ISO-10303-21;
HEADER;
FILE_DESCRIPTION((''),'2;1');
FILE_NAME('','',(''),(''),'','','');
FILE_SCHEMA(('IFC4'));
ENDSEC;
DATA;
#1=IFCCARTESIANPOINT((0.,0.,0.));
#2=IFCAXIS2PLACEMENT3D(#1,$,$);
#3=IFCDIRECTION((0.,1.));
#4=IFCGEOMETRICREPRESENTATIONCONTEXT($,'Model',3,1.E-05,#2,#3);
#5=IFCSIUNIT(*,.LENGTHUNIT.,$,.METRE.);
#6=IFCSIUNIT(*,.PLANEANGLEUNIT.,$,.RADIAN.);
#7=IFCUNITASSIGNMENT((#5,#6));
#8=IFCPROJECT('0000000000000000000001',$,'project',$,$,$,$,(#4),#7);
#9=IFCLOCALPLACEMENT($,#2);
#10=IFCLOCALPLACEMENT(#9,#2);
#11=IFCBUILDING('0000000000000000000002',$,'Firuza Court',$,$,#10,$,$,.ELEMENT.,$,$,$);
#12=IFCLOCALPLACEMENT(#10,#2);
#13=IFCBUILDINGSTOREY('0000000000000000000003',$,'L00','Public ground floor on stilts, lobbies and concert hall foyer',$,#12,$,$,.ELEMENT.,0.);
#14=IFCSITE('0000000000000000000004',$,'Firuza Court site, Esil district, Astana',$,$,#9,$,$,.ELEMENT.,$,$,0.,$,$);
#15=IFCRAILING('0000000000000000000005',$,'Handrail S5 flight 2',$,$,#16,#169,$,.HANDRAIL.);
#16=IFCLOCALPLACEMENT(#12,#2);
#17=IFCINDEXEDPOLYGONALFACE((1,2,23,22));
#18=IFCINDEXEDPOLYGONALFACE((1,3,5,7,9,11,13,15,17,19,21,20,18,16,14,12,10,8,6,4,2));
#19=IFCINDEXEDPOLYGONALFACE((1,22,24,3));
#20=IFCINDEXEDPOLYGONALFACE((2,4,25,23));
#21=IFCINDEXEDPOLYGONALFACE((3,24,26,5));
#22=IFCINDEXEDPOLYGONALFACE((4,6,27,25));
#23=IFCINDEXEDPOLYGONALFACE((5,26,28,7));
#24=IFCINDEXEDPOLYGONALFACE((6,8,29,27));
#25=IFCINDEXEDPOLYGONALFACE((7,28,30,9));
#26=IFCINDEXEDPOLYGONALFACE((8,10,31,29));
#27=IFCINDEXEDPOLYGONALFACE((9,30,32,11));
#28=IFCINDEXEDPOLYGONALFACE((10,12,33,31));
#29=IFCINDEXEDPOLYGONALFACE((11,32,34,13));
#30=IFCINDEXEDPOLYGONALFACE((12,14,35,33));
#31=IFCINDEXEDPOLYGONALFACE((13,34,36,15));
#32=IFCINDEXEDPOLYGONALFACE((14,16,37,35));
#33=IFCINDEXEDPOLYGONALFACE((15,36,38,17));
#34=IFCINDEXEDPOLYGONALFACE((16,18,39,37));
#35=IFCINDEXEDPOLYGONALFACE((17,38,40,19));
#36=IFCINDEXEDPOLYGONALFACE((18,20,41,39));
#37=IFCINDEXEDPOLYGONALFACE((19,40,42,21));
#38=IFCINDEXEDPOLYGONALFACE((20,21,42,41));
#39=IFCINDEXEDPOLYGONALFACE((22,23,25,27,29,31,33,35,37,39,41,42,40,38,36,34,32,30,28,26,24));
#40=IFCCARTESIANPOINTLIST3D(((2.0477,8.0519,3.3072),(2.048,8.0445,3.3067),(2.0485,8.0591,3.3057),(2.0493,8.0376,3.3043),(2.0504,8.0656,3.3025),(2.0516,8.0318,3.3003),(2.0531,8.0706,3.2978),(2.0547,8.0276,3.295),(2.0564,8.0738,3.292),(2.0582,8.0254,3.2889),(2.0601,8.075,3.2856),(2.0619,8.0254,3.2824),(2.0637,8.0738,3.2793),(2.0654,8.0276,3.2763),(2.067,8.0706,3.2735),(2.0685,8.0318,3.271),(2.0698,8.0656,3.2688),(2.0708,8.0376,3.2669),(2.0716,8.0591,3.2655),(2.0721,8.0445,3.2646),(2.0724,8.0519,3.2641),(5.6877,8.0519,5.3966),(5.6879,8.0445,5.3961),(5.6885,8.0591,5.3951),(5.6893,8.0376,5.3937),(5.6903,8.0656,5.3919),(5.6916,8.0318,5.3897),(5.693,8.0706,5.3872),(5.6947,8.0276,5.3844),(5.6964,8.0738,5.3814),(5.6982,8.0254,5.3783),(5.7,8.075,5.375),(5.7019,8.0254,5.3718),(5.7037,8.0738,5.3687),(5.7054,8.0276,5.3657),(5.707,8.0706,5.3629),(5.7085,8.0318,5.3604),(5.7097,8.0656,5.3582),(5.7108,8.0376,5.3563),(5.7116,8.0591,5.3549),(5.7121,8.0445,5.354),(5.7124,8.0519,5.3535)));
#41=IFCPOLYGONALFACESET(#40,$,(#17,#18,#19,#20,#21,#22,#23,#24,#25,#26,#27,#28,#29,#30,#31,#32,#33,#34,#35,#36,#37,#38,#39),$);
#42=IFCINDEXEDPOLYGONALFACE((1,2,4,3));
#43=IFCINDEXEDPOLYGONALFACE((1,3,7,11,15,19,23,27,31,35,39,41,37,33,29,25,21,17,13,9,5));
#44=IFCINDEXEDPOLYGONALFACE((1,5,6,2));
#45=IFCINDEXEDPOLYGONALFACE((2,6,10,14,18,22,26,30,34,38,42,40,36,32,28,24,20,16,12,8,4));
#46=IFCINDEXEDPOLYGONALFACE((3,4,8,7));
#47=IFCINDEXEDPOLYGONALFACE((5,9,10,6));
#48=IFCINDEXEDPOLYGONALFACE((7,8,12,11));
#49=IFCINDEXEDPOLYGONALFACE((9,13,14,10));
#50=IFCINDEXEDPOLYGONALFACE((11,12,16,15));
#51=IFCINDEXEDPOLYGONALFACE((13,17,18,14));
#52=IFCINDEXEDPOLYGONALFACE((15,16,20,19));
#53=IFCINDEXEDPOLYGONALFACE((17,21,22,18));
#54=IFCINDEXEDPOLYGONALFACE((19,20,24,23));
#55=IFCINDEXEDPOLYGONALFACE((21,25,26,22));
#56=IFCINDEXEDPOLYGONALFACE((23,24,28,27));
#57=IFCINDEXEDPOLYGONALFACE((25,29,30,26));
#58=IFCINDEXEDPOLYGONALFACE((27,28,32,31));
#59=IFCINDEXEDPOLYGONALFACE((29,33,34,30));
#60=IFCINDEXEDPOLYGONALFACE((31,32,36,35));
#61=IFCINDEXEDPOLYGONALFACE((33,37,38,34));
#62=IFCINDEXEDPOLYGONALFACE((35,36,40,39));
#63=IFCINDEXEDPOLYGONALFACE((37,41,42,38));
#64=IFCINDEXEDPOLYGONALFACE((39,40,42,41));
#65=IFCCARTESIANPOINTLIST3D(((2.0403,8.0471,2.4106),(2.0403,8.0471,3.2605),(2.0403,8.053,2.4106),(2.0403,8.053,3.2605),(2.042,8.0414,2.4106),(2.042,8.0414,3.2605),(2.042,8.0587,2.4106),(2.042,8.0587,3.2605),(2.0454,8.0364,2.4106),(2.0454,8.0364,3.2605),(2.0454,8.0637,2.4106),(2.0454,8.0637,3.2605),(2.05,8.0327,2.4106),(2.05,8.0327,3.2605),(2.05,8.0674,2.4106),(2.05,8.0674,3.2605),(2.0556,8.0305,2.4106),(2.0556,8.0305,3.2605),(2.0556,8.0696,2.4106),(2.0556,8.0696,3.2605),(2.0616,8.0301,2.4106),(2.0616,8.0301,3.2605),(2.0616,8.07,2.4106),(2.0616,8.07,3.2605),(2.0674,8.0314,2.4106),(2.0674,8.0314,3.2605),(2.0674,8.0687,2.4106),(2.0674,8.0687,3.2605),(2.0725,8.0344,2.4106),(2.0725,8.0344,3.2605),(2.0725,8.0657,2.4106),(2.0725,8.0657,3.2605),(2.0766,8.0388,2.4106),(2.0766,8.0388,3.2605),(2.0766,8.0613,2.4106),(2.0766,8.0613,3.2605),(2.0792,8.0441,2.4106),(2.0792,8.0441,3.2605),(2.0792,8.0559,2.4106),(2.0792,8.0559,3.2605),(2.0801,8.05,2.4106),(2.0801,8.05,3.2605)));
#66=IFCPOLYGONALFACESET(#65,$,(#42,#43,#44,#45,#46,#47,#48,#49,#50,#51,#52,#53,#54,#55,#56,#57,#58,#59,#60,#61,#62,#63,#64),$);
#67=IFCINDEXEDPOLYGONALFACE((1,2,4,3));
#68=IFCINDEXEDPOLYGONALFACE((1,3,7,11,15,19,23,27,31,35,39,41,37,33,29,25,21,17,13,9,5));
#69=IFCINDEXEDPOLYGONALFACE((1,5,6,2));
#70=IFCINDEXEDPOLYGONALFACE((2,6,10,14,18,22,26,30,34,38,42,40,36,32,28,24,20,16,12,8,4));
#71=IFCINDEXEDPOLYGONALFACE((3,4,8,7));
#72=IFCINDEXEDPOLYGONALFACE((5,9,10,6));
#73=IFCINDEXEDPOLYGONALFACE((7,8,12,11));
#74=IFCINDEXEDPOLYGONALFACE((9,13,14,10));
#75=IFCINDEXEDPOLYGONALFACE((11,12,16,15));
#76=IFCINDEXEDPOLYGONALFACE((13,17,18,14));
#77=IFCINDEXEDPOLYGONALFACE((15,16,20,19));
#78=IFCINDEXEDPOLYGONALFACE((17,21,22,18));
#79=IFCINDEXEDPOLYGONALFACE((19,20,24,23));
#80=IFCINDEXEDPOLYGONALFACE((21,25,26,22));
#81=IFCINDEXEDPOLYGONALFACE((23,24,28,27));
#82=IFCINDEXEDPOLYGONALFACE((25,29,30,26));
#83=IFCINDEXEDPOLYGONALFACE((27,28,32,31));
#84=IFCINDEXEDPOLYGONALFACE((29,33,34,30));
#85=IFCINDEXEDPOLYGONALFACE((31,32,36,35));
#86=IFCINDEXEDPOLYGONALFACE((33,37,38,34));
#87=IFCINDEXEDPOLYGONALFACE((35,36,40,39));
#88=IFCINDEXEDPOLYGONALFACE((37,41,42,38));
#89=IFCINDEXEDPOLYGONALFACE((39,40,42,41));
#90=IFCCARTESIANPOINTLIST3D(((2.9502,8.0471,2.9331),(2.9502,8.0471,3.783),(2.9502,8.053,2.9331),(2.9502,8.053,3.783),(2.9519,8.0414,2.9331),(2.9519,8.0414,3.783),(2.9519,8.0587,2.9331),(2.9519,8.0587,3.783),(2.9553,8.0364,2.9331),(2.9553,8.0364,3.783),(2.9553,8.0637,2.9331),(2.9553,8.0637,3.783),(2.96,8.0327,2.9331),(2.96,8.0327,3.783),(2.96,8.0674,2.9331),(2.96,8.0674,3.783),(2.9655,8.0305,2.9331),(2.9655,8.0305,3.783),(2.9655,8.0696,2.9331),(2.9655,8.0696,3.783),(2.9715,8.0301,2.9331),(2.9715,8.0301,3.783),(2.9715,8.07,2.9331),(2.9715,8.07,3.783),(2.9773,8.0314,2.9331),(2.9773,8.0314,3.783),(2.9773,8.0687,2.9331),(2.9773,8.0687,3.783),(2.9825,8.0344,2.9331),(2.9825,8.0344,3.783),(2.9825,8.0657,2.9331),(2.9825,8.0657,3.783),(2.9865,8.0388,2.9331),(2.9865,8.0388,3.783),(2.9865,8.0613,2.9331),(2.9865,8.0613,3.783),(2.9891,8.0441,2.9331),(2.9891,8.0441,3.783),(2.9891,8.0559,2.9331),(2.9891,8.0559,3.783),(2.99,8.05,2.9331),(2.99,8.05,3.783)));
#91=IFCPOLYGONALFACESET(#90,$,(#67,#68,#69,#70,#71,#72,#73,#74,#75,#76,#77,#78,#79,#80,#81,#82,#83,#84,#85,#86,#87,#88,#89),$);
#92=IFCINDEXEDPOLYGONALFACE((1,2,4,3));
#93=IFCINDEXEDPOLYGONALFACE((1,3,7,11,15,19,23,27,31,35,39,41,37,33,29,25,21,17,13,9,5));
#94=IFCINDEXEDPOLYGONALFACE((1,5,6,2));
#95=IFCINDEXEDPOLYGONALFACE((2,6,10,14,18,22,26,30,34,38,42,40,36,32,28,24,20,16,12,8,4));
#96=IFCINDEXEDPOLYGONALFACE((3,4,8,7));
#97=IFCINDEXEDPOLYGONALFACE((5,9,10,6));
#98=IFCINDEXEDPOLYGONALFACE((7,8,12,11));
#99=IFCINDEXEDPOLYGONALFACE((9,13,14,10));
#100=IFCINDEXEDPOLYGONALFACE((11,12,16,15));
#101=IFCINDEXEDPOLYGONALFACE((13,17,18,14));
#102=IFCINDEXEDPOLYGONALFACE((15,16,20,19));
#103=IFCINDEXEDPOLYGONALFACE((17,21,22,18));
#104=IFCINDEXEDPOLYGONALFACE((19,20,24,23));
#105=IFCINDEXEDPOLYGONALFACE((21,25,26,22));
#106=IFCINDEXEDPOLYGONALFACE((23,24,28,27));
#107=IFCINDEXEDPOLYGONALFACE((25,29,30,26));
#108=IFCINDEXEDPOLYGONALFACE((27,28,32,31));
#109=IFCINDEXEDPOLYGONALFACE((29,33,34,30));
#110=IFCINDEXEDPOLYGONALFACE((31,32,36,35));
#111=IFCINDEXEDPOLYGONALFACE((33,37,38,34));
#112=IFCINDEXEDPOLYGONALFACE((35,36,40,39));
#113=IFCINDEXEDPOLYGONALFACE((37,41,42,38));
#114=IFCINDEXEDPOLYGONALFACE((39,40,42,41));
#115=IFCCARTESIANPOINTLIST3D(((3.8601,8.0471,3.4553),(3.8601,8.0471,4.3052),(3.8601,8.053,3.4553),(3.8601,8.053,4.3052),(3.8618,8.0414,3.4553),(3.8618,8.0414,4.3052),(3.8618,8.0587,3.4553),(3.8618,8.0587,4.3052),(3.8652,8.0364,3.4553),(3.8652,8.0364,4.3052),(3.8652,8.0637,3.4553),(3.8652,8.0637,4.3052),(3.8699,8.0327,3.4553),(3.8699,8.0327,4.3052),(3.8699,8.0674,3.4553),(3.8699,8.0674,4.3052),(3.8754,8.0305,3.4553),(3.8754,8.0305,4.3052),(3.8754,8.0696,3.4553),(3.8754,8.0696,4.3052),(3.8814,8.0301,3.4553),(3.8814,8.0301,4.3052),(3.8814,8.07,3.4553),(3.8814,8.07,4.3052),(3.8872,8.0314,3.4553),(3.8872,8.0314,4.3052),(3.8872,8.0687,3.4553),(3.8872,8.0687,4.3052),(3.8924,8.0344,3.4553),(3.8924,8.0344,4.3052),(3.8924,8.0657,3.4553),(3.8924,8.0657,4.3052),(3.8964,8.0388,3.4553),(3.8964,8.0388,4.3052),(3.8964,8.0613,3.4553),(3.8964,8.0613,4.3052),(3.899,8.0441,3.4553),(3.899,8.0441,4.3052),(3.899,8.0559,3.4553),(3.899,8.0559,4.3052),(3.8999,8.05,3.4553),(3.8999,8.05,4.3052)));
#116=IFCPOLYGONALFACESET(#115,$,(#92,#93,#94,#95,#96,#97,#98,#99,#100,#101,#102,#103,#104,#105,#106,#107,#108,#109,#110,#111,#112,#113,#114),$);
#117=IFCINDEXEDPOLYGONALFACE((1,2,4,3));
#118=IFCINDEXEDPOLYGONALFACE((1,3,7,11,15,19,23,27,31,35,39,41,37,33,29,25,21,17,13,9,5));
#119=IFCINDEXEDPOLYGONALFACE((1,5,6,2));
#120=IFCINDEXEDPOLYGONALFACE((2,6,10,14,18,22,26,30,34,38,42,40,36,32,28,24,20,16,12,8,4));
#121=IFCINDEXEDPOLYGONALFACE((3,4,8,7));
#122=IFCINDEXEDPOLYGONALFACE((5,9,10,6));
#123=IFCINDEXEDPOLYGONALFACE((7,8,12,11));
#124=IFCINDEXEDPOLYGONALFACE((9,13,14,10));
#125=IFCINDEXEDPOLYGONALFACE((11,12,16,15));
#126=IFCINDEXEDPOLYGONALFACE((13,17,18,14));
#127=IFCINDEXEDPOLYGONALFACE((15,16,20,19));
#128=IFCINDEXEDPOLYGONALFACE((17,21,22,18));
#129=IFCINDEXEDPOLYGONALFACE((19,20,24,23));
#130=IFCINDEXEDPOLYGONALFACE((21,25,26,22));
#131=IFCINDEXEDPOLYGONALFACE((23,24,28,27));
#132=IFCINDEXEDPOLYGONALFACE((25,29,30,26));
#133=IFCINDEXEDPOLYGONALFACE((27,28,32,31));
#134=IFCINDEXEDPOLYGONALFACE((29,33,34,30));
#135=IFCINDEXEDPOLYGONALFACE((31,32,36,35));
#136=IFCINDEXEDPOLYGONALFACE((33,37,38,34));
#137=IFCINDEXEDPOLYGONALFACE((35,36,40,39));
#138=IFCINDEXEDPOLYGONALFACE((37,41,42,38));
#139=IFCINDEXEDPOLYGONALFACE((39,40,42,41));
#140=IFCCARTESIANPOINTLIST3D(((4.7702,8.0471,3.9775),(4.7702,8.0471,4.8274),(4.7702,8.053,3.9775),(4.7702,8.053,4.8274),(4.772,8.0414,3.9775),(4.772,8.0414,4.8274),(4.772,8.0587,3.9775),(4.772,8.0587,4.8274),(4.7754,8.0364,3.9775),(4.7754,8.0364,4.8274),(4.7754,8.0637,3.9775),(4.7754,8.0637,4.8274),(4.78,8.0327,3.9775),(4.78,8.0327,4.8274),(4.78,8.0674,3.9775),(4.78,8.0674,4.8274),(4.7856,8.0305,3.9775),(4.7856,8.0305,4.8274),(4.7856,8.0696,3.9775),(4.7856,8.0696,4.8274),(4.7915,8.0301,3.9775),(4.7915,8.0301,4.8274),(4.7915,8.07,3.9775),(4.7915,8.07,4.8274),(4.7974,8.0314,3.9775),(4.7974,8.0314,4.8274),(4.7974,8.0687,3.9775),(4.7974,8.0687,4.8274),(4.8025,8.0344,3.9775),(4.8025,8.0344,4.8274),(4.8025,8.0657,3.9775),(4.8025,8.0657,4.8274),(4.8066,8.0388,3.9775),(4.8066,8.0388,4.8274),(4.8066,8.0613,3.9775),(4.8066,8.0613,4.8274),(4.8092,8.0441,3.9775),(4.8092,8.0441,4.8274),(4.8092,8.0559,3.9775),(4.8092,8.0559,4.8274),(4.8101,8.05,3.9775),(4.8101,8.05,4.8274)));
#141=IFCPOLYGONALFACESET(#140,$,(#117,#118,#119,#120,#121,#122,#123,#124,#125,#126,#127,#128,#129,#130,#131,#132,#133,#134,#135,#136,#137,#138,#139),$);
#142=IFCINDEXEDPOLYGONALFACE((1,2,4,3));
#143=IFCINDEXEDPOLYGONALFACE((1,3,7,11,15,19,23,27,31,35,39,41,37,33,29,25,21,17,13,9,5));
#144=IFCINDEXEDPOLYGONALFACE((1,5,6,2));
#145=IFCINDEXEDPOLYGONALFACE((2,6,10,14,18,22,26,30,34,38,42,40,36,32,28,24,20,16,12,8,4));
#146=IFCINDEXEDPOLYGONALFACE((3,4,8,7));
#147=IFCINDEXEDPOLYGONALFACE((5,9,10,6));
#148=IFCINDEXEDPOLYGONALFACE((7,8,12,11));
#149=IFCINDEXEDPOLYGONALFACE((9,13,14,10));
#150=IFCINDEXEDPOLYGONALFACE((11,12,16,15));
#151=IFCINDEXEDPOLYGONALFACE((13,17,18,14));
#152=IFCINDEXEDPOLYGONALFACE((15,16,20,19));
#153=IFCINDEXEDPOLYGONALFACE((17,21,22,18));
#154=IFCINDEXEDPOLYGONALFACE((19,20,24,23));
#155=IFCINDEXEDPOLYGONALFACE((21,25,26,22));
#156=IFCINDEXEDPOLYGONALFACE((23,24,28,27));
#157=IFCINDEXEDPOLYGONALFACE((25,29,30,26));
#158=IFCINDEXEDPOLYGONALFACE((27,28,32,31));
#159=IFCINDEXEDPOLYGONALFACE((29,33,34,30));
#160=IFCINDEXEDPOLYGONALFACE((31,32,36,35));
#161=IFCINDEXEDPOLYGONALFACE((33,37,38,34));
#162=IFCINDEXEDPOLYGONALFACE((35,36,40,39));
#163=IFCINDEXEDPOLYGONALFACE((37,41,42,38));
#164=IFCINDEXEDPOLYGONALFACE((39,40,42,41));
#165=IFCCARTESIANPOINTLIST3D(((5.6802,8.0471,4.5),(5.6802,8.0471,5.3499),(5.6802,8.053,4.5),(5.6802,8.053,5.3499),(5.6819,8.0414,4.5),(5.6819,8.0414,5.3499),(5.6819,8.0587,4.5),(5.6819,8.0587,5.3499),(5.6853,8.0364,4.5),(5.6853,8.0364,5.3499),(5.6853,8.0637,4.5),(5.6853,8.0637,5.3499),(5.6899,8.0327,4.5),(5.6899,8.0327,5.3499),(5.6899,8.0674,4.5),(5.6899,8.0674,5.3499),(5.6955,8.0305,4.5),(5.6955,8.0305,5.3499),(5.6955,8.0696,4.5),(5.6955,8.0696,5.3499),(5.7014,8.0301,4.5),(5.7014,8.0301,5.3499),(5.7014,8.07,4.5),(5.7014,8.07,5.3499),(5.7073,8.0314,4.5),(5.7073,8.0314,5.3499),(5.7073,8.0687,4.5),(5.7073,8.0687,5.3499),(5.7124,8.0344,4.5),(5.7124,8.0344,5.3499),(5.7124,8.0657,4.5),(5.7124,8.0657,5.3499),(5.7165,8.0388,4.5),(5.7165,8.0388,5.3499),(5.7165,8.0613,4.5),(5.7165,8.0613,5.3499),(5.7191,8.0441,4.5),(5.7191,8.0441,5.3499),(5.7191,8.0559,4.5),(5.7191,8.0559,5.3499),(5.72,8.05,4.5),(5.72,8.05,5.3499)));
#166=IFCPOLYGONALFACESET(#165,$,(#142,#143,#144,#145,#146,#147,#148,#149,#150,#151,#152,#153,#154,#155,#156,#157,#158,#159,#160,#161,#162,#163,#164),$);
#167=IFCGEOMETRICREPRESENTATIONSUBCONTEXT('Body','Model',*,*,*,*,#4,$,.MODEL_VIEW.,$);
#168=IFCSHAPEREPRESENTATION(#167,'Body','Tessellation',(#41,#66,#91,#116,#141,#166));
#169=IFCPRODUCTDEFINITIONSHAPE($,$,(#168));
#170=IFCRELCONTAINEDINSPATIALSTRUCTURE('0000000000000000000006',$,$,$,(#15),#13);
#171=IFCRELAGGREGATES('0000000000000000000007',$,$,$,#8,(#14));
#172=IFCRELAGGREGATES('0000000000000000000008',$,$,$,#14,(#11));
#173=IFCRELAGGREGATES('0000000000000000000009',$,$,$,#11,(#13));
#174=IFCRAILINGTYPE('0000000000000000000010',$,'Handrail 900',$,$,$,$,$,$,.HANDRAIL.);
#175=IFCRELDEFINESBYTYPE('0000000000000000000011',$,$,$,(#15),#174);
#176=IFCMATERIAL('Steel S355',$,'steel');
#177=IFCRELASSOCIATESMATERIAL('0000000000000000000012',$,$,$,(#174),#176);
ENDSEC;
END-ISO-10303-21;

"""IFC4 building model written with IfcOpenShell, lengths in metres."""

from ifc_helpers import new_model, si_unit, direction, frame, origin, origin_2d, place, context, subcontext, project, spatial, circle, extrude, material, type_object, element, save


model = new_model("IFC4")

# Units and contexts
model_context = context("Model", 3, precision=1e-05, world=origin(), true_north=direction((0.0, 1.0)))
body_context = subcontext(model_context, "Body", "Model", "MODEL_VIEW")
ifc_project = project(units=[si_unit("LENGTHUNIT", "METRE"), si_unit("PLANEANGLEUNIT", "RADIAN")], contexts=[model_context])

# Site, building, storey
site_placement = place(None, origin())
site = spatial("IfcSite", under=ifc_project, at=site_placement, Name="Firuza Court site, Esil district, Astana", CompositionType="ELEMENT", RefElevation=0.0)
building_placement = place(site_placement, origin())
building = spatial("IfcBuilding", under=site, at=building_placement, Name="Firuza Court", CompositionType="ELEMENT")
storey_placement = place(building_placement, origin())
storey = spatial("IfcBuildingStorey", under=building, at=storey_placement, Name="L00", Description="Public ground floor on stilts, lobbies and concert hall foyer", CompositionType="ELEMENT", Elevation=0.0)

# Railing
ifc_material_1 = material(Name="Steel S355", Category="steel")
railing_type_1 = type_object("IfcRailingType", Name="Handrail 900", PredefinedType="HANDRAIL", material=ifc_material_1)
railing_1_placement = place(storey_placement, frame((2.0601, 8.05, 2.4106)))
element("IfcRailing", 1, at=railing_1_placement, inside=storey, type_object=railing_type_1, Name="Handrail S5 flight 2", PredefinedType="HANDRAIL", context=body_context, shape_type="SweptSolid", body=[
    extrude(circle(Radius=0.0249, at=origin_2d()), frame((0.0, 0.0, 0.875), z_axis=(0.867275, 0.0, 0.497829), x_axis=(0.0, 1.0, 0.0)), (0.0, 0.0, 1.0), 4.197),
    extrude(circle(Radius=0.02, at=origin_2d()), origin(), (0.0, 0.0, 1.0), 0.8499),
    extrude(circle(Radius=0.02, at=origin_2d()), frame((0.9099, 0.0, 0.5225)), (0.0, 0.0, 1.0), 0.8499),
    extrude(circle(Radius=0.02, at=origin_2d()), frame((1.8198, 0.0, 1.0447)), (0.0, 0.0, 1.0), 0.8499),
    extrude(circle(Radius=0.02, at=origin_2d()), frame((2.73, 0.0, 1.5669)), (0.0, 0.0, 1.0), 0.8499),
    extrude(circle(Radius=0.02, at=origin_2d()), frame((3.6399, 0.0, 2.0894)), (0.0, 0.0, 1.0), 0.8499),
])

save(model, "model.ifc")
